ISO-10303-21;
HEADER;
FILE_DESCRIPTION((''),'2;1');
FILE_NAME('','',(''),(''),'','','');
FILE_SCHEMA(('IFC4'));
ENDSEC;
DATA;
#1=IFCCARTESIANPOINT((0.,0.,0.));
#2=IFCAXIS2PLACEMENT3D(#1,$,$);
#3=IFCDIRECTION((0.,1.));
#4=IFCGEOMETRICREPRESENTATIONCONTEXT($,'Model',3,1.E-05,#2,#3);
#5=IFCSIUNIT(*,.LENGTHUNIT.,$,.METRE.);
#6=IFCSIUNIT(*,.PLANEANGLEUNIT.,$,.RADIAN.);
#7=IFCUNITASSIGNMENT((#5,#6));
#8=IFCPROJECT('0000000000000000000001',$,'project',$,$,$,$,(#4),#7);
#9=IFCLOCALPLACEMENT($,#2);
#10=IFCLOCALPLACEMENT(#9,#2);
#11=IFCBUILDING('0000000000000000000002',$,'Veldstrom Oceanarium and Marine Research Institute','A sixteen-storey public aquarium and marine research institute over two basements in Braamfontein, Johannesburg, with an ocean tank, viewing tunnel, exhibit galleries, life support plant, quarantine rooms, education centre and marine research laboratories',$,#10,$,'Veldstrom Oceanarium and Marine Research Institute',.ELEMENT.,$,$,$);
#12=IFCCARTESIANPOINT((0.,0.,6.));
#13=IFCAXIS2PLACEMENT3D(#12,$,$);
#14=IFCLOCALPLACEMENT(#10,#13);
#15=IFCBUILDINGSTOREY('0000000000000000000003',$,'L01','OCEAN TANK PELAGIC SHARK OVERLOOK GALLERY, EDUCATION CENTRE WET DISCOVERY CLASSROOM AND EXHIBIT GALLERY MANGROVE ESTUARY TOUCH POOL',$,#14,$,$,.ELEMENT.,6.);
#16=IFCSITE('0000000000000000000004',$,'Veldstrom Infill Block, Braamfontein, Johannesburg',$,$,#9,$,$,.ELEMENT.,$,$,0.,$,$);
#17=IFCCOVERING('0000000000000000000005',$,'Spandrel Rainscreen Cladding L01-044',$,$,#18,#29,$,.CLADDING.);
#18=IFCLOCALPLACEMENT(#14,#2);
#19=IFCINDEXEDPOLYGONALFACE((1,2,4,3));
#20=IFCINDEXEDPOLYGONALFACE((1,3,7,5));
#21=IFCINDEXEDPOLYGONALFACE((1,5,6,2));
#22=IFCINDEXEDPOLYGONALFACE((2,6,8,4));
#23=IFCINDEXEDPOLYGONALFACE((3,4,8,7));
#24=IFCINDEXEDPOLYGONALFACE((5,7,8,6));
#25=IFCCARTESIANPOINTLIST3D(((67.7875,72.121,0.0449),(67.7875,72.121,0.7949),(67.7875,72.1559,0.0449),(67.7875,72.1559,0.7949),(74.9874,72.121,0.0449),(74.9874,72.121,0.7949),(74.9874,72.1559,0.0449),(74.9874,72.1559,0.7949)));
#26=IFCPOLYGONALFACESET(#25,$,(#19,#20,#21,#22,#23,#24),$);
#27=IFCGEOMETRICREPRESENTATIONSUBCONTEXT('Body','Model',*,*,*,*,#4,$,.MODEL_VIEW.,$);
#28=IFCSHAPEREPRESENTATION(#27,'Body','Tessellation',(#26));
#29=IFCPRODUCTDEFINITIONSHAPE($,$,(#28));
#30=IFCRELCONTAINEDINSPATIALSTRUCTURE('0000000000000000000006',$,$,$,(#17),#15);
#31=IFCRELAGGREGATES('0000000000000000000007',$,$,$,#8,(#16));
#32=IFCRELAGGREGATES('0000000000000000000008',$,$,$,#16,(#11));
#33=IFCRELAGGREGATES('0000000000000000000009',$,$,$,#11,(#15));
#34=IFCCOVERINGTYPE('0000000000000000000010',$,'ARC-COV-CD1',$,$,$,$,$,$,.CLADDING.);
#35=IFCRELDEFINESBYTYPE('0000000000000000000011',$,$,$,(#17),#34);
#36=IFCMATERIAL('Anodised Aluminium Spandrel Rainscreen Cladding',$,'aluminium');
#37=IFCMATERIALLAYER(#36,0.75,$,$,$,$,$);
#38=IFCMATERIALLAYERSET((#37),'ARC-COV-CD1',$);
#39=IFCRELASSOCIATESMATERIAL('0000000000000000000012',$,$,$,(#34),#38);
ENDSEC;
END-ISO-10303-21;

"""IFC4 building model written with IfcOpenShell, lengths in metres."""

from ifc_helpers import new_model, si_unit, direction, frame, origin, origin_2d, place, context, subcontext, project, spatial, rectangle, extrude, material, layer, layer_set, type_object, element, save


model = new_model("IFC4")

# Units and contexts
model_context = context("Model", 3, precision=1e-05, world=origin(), true_north=direction((0.0, 1.0)))
body_context = subcontext(model_context, "Body", "Model", "MODEL_VIEW")
ifc_project = project(units=[si_unit("LENGTHUNIT", "METRE"), si_unit("PLANEANGLEUNIT", "RADIAN")], contexts=[model_context])

# Site, building, storey
site_placement = place(None, origin())
site = spatial("IfcSite", under=ifc_project, at=site_placement, Name="Veldstrom Infill Block, Braamfontein, Johannesburg", CompositionType="ELEMENT", RefElevation=0.0)
building_placement = place(site_placement, origin())
building = spatial("IfcBuilding", under=site, at=building_placement, Name="Veldstrom Oceanarium and Marine Research Institute", Description="A sixteen-storey public aquarium and marine research institute over two basements in Braamfontein, Johannesburg, with an ocean tank, viewing tunnel, exhibit galleries, life support plant, quarantine rooms, education centre and marine research laboratories", LongName="Veldstrom Oceanarium and Marine Research Institute", CompositionType="ELEMENT")
storey_placement = place(building_placement, frame((0.0, 0.0, 6.0)))
storey = spatial("IfcBuildingStorey", under=building, at=storey_placement, Name="L01", Description="OCEAN TANK PELAGIC SHARK OVERLOOK GALLERY, EDUCATION CENTRE WET DISCOVERY CLASSROOM AND EXHIBIT GALLERY MANGROVE ESTUARY TOUCH POOL", CompositionType="ELEMENT", Elevation=6.0)

# Covering
ifc_material_1 = material(Name="Anodised Aluminium Spandrel Rainscreen Cladding", Category="aluminium")
ifc_layer_1 = layer(ifc_material_1, 0.75)
ifc_layer_set_1 = layer_set([ifc_layer_1], Name="ARC-COV-CD1")
covering_type = type_object("IfcCoveringType", Name="ARC-COV-CD1", PredefinedType="CLADDING", material=ifc_layer_set_1)
covering_placement = place(storey_placement, frame((71.3875, 72.1384, 0.0449), z_axis=(0.0, 0.0, 1.0), x_axis=(1.0, 0.0, 0.0)))
element("IfcCovering", 1, at=covering_placement, inside=storey, type_object=covering_type, Name="Spandrel Rainscreen Cladding L01-044", PredefinedType="CLADDING", context=body_context, shape_type="SweptSolid", body=[
    extrude(rectangle(XDim=7.2, YDim=0.0349, at=origin_2d()), origin(), (0.0, 0.0, 1.0), 0.75),
])

save(model, "model.ifc")
